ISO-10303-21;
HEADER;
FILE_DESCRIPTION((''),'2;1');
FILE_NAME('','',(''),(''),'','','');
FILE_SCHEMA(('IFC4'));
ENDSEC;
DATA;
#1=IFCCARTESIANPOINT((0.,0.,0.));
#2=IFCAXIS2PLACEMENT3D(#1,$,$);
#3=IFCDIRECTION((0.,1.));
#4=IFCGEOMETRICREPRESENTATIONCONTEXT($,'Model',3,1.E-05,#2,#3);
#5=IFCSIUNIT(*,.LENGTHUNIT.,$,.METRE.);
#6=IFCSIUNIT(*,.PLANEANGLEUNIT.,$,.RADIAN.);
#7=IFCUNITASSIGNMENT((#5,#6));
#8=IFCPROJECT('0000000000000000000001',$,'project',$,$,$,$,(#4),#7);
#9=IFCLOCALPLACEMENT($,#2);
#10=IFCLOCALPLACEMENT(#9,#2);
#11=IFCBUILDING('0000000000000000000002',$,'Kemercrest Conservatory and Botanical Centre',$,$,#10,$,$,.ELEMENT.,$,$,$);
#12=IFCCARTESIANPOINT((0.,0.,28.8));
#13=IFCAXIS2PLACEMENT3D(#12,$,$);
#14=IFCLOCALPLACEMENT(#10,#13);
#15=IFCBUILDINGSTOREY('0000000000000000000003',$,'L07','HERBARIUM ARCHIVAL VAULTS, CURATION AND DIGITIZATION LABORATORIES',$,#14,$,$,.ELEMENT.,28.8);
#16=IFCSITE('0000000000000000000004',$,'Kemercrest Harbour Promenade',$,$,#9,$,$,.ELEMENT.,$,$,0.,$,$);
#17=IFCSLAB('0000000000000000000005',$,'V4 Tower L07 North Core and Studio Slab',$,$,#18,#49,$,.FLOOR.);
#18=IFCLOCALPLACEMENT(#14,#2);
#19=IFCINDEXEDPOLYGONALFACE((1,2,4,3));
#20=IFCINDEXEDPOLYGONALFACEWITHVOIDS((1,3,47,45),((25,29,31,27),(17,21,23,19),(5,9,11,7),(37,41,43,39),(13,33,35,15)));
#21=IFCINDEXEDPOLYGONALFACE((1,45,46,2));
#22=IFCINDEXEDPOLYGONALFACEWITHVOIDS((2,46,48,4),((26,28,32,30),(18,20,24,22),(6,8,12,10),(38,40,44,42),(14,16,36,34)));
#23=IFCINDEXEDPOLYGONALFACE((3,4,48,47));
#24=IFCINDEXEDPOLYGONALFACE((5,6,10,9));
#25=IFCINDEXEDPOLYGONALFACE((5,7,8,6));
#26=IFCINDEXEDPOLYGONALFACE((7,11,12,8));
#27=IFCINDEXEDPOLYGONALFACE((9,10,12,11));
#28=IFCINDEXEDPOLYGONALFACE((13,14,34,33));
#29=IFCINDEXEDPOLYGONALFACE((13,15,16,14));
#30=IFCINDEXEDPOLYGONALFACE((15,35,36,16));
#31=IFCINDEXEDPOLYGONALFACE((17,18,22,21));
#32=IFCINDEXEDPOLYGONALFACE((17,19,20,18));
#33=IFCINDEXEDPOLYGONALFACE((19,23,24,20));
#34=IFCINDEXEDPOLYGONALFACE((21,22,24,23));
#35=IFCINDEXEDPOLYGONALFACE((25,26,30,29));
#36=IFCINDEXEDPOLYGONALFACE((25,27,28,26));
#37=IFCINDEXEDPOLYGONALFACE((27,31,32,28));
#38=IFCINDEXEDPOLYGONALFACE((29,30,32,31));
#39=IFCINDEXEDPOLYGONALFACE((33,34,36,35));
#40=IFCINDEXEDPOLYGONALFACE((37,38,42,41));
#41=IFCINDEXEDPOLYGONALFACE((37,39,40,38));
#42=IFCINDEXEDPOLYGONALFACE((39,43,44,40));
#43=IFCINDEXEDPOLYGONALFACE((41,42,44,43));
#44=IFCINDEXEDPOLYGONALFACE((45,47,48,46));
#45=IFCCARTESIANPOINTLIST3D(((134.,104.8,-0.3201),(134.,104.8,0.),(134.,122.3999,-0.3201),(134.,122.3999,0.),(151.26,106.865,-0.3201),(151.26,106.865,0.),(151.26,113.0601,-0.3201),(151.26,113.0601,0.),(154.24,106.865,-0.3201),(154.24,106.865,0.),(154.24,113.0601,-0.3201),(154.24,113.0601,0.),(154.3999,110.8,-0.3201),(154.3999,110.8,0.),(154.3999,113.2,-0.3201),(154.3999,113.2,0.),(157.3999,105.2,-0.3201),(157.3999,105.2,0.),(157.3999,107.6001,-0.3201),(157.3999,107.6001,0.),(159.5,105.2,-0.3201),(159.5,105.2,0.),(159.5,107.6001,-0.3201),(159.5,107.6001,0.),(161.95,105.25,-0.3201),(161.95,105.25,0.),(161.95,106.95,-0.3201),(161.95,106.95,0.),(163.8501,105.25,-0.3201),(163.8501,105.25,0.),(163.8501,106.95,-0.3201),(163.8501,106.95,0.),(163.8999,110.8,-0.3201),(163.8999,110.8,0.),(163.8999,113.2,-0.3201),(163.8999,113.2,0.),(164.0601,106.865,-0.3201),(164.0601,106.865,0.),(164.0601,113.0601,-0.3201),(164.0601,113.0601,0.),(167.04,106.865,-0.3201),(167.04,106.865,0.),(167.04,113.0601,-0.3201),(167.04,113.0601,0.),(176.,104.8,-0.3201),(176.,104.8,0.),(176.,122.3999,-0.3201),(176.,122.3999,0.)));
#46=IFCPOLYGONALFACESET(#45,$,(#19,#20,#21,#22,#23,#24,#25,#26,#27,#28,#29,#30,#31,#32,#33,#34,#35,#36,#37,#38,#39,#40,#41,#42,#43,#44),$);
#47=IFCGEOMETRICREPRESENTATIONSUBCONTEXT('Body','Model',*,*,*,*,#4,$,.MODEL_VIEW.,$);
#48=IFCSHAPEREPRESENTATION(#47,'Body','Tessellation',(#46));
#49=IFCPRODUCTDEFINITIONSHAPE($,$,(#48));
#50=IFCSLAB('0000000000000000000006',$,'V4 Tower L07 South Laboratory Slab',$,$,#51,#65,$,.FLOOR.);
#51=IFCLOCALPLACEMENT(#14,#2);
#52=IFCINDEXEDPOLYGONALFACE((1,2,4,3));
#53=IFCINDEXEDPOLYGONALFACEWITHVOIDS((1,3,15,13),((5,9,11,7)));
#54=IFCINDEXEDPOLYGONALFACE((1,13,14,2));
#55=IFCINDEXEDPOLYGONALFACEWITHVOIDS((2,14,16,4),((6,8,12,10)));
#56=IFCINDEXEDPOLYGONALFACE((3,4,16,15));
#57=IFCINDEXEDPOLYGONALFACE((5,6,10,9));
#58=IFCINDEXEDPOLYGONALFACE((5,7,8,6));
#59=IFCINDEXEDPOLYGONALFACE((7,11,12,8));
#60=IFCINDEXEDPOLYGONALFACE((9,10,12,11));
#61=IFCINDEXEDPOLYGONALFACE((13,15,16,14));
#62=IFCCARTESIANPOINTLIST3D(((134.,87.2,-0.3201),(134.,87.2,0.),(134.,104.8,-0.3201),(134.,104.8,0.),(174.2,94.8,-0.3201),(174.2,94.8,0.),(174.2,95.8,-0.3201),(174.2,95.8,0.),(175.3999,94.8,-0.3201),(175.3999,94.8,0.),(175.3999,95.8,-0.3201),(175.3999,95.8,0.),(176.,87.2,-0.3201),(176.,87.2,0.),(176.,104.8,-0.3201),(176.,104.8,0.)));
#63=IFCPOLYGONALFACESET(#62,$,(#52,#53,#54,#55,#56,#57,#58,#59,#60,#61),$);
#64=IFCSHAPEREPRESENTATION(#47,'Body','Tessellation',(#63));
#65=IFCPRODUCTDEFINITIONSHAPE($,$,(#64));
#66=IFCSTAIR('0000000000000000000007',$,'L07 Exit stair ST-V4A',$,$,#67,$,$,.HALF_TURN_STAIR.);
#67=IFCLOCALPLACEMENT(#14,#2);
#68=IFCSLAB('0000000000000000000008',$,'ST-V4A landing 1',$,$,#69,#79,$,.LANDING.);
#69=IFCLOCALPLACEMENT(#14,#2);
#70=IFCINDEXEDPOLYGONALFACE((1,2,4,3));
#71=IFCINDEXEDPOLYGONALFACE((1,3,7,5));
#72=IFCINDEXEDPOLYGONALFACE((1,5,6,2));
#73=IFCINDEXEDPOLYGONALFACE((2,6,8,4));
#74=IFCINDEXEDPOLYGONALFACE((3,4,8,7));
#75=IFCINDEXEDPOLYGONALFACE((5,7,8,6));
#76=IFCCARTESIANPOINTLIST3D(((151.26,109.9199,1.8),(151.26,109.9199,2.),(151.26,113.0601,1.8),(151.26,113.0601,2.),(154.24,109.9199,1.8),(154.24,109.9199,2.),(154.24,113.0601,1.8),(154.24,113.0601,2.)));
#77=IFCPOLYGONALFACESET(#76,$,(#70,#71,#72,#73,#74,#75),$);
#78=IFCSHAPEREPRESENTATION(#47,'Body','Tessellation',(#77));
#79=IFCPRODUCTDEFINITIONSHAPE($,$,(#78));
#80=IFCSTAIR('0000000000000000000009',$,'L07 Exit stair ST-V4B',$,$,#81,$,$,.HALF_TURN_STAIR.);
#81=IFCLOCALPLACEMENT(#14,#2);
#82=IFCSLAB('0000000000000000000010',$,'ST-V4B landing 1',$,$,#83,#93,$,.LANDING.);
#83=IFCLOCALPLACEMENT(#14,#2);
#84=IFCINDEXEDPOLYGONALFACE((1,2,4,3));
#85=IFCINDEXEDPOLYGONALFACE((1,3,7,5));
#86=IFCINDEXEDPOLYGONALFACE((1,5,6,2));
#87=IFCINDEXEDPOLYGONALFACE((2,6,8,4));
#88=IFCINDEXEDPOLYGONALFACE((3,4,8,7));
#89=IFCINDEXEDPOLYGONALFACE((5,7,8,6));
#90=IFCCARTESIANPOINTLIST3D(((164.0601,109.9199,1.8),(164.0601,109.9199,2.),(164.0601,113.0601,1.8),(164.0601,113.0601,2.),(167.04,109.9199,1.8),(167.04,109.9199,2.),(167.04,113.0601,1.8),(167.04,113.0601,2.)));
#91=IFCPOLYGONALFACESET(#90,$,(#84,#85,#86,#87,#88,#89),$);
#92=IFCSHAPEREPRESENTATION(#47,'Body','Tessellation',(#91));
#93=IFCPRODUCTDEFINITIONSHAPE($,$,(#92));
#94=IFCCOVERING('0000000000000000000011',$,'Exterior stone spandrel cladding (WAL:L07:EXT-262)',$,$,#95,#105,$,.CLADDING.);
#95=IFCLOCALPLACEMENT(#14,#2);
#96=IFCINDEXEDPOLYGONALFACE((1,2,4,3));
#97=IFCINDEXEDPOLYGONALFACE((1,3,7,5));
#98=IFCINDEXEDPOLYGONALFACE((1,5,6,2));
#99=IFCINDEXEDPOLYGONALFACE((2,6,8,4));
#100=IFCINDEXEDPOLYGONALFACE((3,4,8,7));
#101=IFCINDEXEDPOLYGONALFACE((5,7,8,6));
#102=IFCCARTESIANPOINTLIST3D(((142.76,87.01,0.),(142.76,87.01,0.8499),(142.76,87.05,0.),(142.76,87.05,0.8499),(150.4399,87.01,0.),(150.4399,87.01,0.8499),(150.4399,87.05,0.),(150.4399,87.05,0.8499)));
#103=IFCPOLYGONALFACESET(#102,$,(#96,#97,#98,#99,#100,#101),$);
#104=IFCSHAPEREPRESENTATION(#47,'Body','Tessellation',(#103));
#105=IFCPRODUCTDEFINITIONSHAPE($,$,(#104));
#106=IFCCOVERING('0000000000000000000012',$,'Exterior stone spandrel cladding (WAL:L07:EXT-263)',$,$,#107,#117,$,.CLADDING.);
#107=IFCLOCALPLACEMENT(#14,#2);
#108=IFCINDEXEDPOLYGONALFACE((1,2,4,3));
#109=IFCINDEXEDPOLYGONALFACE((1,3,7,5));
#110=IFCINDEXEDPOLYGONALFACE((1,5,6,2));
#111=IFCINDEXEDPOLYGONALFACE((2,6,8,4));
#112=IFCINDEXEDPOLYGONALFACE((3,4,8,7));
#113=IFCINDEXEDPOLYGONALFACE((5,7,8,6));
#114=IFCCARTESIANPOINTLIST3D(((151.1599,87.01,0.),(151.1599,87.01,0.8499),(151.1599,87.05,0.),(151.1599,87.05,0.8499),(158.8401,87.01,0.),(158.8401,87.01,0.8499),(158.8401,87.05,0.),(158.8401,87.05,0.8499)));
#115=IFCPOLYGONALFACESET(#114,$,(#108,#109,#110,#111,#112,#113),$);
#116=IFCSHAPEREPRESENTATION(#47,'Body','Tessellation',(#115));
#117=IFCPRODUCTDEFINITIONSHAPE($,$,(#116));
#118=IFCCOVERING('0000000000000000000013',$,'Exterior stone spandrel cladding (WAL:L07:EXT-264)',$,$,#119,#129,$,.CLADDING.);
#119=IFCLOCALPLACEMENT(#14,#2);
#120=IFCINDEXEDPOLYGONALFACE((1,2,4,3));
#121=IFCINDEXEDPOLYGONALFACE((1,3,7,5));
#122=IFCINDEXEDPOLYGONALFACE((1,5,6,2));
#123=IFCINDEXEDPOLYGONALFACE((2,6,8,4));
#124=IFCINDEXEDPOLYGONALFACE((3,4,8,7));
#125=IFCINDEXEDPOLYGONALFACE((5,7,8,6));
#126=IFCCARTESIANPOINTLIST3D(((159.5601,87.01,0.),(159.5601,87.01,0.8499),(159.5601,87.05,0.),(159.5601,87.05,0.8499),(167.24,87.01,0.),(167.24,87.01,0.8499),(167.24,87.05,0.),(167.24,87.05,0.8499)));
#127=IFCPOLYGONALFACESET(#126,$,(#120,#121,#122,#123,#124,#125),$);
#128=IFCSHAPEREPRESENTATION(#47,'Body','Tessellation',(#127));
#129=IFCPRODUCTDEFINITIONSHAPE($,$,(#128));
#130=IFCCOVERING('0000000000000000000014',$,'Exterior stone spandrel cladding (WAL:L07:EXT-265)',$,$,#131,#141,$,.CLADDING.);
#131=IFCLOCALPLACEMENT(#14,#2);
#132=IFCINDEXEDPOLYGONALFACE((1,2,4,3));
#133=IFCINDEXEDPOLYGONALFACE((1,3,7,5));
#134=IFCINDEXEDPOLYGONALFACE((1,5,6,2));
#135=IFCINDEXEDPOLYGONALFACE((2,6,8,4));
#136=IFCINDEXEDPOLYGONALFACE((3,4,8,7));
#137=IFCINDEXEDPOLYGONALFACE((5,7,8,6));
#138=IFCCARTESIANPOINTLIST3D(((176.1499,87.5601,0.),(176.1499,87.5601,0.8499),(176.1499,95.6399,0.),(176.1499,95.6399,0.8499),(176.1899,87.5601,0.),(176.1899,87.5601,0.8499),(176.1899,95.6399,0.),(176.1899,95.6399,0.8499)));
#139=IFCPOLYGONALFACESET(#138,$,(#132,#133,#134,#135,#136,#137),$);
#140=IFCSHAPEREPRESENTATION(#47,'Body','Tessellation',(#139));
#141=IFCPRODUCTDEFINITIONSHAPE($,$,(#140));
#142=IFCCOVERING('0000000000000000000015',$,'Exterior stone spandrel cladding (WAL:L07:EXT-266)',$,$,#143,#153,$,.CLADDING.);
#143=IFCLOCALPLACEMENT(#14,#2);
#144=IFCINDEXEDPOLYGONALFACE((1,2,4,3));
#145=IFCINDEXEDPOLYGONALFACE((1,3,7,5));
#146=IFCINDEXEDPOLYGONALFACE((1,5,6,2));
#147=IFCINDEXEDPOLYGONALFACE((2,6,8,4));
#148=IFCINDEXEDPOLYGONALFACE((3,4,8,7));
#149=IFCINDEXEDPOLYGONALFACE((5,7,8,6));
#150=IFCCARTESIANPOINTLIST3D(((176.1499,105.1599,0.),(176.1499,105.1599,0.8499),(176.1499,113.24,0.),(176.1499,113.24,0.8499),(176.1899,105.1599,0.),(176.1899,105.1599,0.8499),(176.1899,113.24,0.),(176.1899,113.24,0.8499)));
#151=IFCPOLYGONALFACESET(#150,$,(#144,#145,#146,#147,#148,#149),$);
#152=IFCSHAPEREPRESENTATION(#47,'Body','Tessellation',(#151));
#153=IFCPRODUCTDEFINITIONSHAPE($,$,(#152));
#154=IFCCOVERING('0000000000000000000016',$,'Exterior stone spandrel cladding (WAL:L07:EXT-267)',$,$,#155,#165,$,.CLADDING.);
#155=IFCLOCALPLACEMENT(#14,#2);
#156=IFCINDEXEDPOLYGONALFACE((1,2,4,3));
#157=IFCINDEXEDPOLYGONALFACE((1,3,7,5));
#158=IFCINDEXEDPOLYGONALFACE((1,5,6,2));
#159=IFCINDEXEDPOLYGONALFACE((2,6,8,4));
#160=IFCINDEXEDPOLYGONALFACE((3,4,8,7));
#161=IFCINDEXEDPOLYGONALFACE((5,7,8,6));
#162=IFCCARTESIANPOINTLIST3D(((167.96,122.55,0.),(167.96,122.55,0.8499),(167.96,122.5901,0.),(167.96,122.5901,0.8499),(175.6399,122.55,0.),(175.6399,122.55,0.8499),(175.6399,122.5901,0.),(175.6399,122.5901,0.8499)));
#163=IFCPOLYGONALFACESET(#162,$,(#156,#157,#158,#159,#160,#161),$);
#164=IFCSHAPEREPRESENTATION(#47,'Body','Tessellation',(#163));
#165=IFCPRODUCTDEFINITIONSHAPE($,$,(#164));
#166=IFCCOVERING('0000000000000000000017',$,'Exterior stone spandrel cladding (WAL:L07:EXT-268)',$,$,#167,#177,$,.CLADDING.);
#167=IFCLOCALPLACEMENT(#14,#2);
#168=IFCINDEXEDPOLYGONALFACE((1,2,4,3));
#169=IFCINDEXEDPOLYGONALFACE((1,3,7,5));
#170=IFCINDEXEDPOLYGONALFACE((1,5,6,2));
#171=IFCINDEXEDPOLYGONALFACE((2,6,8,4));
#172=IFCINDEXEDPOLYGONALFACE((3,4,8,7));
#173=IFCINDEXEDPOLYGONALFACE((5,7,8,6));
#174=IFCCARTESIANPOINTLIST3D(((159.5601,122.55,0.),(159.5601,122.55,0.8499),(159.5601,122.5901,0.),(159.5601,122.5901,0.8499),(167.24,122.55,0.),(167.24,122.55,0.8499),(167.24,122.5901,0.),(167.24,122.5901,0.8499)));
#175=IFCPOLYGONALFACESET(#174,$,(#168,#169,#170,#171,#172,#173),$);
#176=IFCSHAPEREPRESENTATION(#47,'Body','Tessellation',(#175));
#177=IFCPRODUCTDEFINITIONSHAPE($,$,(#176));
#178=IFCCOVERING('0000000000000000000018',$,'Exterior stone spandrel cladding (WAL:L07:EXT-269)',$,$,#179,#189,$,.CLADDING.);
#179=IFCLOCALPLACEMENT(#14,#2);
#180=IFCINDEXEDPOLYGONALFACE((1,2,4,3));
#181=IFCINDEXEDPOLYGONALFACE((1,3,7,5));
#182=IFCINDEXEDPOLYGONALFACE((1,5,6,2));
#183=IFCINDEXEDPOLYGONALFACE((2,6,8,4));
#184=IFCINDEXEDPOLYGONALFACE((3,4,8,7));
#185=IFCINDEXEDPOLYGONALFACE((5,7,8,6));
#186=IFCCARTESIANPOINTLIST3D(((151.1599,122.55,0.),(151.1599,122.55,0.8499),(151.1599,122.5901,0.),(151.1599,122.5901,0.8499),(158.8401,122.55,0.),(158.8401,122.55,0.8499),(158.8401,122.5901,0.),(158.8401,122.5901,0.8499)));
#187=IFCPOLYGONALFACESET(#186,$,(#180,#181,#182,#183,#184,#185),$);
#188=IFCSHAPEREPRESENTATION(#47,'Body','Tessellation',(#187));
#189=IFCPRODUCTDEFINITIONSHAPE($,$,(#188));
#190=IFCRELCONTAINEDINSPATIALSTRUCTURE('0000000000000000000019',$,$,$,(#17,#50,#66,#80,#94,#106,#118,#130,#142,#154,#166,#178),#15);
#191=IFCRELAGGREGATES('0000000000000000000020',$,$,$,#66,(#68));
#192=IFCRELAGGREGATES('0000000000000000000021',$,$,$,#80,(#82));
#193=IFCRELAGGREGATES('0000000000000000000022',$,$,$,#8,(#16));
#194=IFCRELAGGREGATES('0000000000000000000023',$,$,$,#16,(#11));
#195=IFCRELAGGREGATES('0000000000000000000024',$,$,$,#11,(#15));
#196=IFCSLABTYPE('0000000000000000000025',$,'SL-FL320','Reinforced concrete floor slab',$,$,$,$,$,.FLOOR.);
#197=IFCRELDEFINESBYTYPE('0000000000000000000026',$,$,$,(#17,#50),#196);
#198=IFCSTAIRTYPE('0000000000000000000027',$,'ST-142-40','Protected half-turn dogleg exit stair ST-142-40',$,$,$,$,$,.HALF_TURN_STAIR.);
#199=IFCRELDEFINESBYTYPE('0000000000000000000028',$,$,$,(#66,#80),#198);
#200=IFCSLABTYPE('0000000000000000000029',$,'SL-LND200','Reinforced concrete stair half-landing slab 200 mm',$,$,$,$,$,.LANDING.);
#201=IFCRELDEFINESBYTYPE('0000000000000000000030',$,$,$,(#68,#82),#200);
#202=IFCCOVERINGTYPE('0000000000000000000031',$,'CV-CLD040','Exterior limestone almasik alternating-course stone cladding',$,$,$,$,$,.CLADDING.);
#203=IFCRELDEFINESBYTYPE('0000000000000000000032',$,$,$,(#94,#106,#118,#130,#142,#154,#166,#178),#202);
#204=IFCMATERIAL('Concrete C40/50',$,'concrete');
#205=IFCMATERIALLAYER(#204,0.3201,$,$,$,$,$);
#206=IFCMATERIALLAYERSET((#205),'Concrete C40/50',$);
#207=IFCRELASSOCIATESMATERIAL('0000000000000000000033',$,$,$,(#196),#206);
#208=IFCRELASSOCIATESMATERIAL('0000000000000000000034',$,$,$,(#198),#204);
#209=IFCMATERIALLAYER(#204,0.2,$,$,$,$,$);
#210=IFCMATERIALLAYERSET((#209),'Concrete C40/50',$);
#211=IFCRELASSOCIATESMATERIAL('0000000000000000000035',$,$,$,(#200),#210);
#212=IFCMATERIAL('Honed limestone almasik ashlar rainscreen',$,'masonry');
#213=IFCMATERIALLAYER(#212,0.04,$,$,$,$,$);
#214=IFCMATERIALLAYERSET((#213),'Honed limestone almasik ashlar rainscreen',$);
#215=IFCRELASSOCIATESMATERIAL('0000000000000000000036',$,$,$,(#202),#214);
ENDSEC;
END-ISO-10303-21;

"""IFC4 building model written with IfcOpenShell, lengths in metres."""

from ifc_helpers import new_model, si_unit, direction, frame, origin, place, context, subcontext, project, spatial, polyline, outline, extrude, material, layer, layer_set, type_object, element, aggregate, save


model = new_model("IFC4")

# Units and contexts
model_context = context("Model", 3, precision=1e-05, world=origin(), true_north=direction((0.0, 1.0)))
body_context = subcontext(model_context, "Body", "Model", "MODEL_VIEW")
ifc_project = project(units=[si_unit("LENGTHUNIT", "METRE"), si_unit("PLANEANGLEUNIT", "RADIAN")], contexts=[model_context])

# Site, building, storey
site_placement = place(None, origin())
site = spatial("IfcSite", under=ifc_project, at=site_placement, Name="Kemercrest Harbour Promenade", CompositionType="ELEMENT", RefElevation=0.0)
building_placement = place(site_placement, origin())
building = spatial("IfcBuilding", under=site, at=building_placement, Name="Kemercrest Conservatory and Botanical Centre", CompositionType="ELEMENT")
storey_placement = place(building_placement, frame((0.0, 0.0, 28.8)))
storey = spatial("IfcBuildingStorey", under=building, at=storey_placement, Name="L07", Description="HERBARIUM ARCHIVAL VAULTS, CURATION AND DIGITIZATION LABORATORIES", CompositionType="ELEMENT", Elevation=28.8)

# Slabs
ifc_material_1 = material(Name="Concrete C40/50", Category="concrete")
ifc_layer_1 = layer(ifc_material_1, 0.3201)
ifc_layer_set_1 = layer_set([ifc_layer_1], Name="Concrete C40/50")
slab_type_1 = type_object("IfcSlabType", Name="SL-FL320", Description="Reinforced concrete floor slab", PredefinedType="FLOOR", material=ifc_layer_set_1)
slab_1_placement = place(storey_placement, frame((0.0, 0.0, -0.3201)))
element("IfcSlab", 1, at=slab_1_placement, inside=storey, type_object=slab_type_1, Name="V4 Tower L07 North Core and Studio Slab", PredefinedType="FLOOR", context=body_context, shape_type="SweptSolid", body=[
    extrude(outline(polyline([(134.0, 122.3999), (134.0, 104.8), (176.0, 104.8), (176.0, 122.3999), (134.0, 122.3999)]), holes=[polyline([(164.0601, 106.865), (164.0601, 113.0601), (167.04, 113.0601), (167.04, 106.865), (164.0601, 106.865)]), polyline([(154.3999, 110.8), (154.3999, 113.2), (163.8999, 113.2), (163.8999, 110.8), (154.3999, 110.8)]), polyline([(161.95, 105.25), (161.95, 106.95), (163.8501, 106.95), (163.8501, 105.25), (161.95, 105.25)]), polyline([(157.3999, 105.2), (157.3999, 107.6001), (159.5, 107.6001), (159.5, 105.2), (157.3999, 105.2)]), polyline([(154.24, 106.865), (151.26, 106.865), (151.26, 113.0601), (154.24, 113.0601), (154.24, 106.865)])]), origin(), (0.0, 0.0, 1.0), 0.3201),
])
slab_2_placement = place(storey_placement, frame((0.0, 0.0, -0.3201)))
element("IfcSlab", 2, at=slab_2_placement, inside=storey, type_object=slab_type_1, Name="V4 Tower L07 South Laboratory Slab", PredefinedType="FLOOR", context=body_context, shape_type="SweptSolid", body=[
    extrude(outline(polyline([(134.0, 104.8), (134.0, 87.2), (176.0, 87.2), (176.0, 104.8), (134.0, 104.8)]), holes=[polyline([(175.3999, 94.8), (174.2, 94.8), (174.2, 95.8), (175.3999, 95.8), (175.3999, 94.8)])]), origin(), (0.0, 0.0, 1.0), 0.3201),
])

# Stairs, slabs
stair_type = type_object("IfcStairType", Name="ST-142-40", Description="Protected half-turn dogleg exit stair ST-142-40", PredefinedType="HALF_TURN_STAIR", material=ifc_material_1)
stair_1_placement = place(storey_placement, origin())
stair_1 = element("IfcStair", 3, at=stair_1_placement, inside=storey, type_object=stair_type, Name="L07 Exit stair ST-V4A", PredefinedType="HALF_TURN_STAIR")
ifc_layer_2 = layer(ifc_material_1, 0.2)
ifc_layer_set_2 = layer_set([ifc_layer_2], Name="Concrete C40/50")
slab_type_2 = type_object("IfcSlabType", Name="SL-LND200", Description="Reinforced concrete stair half-landing slab 200 mm", PredefinedType="LANDING", material=ifc_layer_set_2)
slab_3_placement = place(storey_placement, frame((0.0, 0.0, 1.8)))
slab_3 = element("IfcSlab", 4, at=slab_3_placement, type_object=slab_type_2, Name="ST-V4A landing 1", PredefinedType="LANDING", context=body_context, shape_type="SweptSolid", body=[
    extrude(outline(polyline([(154.24, 109.9199), (154.24, 113.0601), (151.26, 113.0601), (151.26, 109.9199), (154.24, 109.9199)])), origin(), (0.0, 0.0, 1.0), 0.2),
])
aggregate(stair_1, [slab_3])
stair_2_placement = place(storey_placement, origin())
stair_2 = element("IfcStair", 5, at=stair_2_placement, inside=storey, type_object=stair_type, Name="L07 Exit stair ST-V4B", PredefinedType="HALF_TURN_STAIR")
slab_4_placement = place(storey_placement, frame((0.0, 0.0, 1.8)))
slab_4 = element("IfcSlab", 6, at=slab_4_placement, type_object=slab_type_2, Name="ST-V4B landing 1", PredefinedType="LANDING", context=body_context, shape_type="SweptSolid", body=[
    extrude(outline(polyline([(167.04, 109.9199), (167.04, 113.0601), (164.0601, 113.0601), (164.0601, 109.9199), (167.04, 109.9199)])), origin(), (0.0, 0.0, 1.0), 0.2),
])
aggregate(stair_2, [slab_4])

# Coverings
ifc_material_2 = material(Name="Honed limestone almasik ashlar rainscreen", Category="masonry")
ifc_layer_3 = layer(ifc_material_2, 0.04)
ifc_layer_set_3 = layer_set([ifc_layer_3], Name="Honed limestone almasik ashlar rainscreen")
covering_type_1 = type_object("IfcCoveringType", Name="CV-CLD040", Description="Exterior limestone almasik alternating-course stone cladding", PredefinedType="CLADDING", material=ifc_layer_set_3)
covering_1_placement = place(storey_placement, origin())
element("IfcCovering", 7, at=covering_1_placement, inside=storey, type_object=covering_type_1, Name="Exterior stone spandrel cladding (WAL:L07:EXT-262)", PredefinedType="CLADDING", context=body_context, shape_type="SweptSolid", body=[
    extrude(outline(polyline([(142.76, 87.05), (142.76, 87.01), (150.4399, 87.01), (150.4399, 87.05), (142.76, 87.05)])), origin(), (0.0, 0.0, 1.0), 0.8499),
])
covering_2_placement = place(storey_placement, origin())
element("IfcCovering", 8, at=covering_2_placement, inside=storey, type_object=covering_type_1, Name="Exterior stone spandrel cladding (WAL:L07:EXT-263)", PredefinedType="CLADDING", context=body_context, shape_type="SweptSolid", body=[
    extrude(outline(polyline([(151.1599, 87.05), (151.1599, 87.01), (158.8401, 87.01), (158.8401, 87.05), (151.1599, 87.05)])), origin(), (0.0, 0.0, 1.0), 0.8499),
])
covering_3_placement = place(storey_placement, origin())
element("IfcCovering", 9, at=covering_3_placement, inside=storey, type_object=covering_type_1, Name="Exterior stone spandrel cladding (WAL:L07:EXT-264)", PredefinedType="CLADDING", context=body_context, shape_type="SweptSolid", body=[
    extrude(outline(polyline([(159.5601, 87.05), (159.5601, 87.01), (167.24, 87.01), (167.24, 87.05), (159.5601, 87.05)])), origin(), (0.0, 0.0, 1.0), 0.8499),
])
covering_4_placement = place(storey_placement, origin())
element("IfcCovering", 10, at=covering_4_placement, inside=storey, type_object=covering_type_1, Name="Exterior stone spandrel cladding (WAL:L07:EXT-265)", PredefinedType="CLADDING", context=body_context, shape_type="SweptSolid", body=[
    extrude(outline(polyline([(176.1499, 87.5601), (176.1899, 87.5601), (176.1899, 95.6399), (176.1499, 95.6399), (176.1499, 87.5601)])), origin(), (0.0, 0.0, 1.0), 0.8499),
])
covering_5_placement = place(storey_placement, origin())
element("IfcCovering", 11, at=covering_5_placement, inside=storey, type_object=covering_type_1, Name="Exterior stone spandrel cladding (WAL:L07:EXT-266)", PredefinedType="CLADDING", context=body_context, shape_type="SweptSolid", body=[
    extrude(outline(polyline([(176.1499, 105.1599), (176.1899, 105.1599), (176.1899, 113.24), (176.1499, 113.24), (176.1499, 105.1599)])), origin(), (0.0, 0.0, 1.0), 0.8499),
])
covering_6_placement = place(storey_placement, origin())
element("IfcCovering", 12, at=covering_6_placement, inside=storey, type_object=covering_type_1, Name="Exterior stone spandrel cladding (WAL:L07:EXT-267)", PredefinedType="CLADDING", context=body_context, shape_type="SweptSolid", body=[
    extrude(outline(polyline([(175.6399, 122.55), (175.6399, 122.5901), (167.96, 122.5901), (167.96, 122.55), (175.6399, 122.55)])), origin(), (0.0, 0.0, 1.0), 0.8499),
])
covering_7_placement = place(storey_placement, origin())
element("IfcCovering", 13, at=covering_7_placement, inside=storey, type_object=covering_type_1, Name="Exterior stone spandrel cladding (WAL:L07:EXT-268)", PredefinedType="CLADDING", context=body_context, shape_type="SweptSolid", body=[
    extrude(outline(polyline([(167.24, 122.55), (167.24, 122.5901), (159.5601, 122.5901), (159.5601, 122.55), (167.24, 122.55)])), origin(), (0.0, 0.0, 1.0), 0.8499),
])
covering_8_placement = place(storey_placement, origin())
element("IfcCovering", 14, at=covering_8_placement, inside=storey, type_object=covering_type_1, Name="Exterior stone spandrel cladding (WAL:L07:EXT-269)", PredefinedType="CLADDING", context=body_context, shape_type="SweptSolid", body=[
    extrude(outline(polyline([(158.8401, 122.55), (158.8401, 122.5901), (151.1599, 122.5901), (151.1599, 122.55), (158.8401, 122.55)])), origin(), (0.0, 0.0, 1.0), 0.8499),
])

save(model, "model.ifc")
